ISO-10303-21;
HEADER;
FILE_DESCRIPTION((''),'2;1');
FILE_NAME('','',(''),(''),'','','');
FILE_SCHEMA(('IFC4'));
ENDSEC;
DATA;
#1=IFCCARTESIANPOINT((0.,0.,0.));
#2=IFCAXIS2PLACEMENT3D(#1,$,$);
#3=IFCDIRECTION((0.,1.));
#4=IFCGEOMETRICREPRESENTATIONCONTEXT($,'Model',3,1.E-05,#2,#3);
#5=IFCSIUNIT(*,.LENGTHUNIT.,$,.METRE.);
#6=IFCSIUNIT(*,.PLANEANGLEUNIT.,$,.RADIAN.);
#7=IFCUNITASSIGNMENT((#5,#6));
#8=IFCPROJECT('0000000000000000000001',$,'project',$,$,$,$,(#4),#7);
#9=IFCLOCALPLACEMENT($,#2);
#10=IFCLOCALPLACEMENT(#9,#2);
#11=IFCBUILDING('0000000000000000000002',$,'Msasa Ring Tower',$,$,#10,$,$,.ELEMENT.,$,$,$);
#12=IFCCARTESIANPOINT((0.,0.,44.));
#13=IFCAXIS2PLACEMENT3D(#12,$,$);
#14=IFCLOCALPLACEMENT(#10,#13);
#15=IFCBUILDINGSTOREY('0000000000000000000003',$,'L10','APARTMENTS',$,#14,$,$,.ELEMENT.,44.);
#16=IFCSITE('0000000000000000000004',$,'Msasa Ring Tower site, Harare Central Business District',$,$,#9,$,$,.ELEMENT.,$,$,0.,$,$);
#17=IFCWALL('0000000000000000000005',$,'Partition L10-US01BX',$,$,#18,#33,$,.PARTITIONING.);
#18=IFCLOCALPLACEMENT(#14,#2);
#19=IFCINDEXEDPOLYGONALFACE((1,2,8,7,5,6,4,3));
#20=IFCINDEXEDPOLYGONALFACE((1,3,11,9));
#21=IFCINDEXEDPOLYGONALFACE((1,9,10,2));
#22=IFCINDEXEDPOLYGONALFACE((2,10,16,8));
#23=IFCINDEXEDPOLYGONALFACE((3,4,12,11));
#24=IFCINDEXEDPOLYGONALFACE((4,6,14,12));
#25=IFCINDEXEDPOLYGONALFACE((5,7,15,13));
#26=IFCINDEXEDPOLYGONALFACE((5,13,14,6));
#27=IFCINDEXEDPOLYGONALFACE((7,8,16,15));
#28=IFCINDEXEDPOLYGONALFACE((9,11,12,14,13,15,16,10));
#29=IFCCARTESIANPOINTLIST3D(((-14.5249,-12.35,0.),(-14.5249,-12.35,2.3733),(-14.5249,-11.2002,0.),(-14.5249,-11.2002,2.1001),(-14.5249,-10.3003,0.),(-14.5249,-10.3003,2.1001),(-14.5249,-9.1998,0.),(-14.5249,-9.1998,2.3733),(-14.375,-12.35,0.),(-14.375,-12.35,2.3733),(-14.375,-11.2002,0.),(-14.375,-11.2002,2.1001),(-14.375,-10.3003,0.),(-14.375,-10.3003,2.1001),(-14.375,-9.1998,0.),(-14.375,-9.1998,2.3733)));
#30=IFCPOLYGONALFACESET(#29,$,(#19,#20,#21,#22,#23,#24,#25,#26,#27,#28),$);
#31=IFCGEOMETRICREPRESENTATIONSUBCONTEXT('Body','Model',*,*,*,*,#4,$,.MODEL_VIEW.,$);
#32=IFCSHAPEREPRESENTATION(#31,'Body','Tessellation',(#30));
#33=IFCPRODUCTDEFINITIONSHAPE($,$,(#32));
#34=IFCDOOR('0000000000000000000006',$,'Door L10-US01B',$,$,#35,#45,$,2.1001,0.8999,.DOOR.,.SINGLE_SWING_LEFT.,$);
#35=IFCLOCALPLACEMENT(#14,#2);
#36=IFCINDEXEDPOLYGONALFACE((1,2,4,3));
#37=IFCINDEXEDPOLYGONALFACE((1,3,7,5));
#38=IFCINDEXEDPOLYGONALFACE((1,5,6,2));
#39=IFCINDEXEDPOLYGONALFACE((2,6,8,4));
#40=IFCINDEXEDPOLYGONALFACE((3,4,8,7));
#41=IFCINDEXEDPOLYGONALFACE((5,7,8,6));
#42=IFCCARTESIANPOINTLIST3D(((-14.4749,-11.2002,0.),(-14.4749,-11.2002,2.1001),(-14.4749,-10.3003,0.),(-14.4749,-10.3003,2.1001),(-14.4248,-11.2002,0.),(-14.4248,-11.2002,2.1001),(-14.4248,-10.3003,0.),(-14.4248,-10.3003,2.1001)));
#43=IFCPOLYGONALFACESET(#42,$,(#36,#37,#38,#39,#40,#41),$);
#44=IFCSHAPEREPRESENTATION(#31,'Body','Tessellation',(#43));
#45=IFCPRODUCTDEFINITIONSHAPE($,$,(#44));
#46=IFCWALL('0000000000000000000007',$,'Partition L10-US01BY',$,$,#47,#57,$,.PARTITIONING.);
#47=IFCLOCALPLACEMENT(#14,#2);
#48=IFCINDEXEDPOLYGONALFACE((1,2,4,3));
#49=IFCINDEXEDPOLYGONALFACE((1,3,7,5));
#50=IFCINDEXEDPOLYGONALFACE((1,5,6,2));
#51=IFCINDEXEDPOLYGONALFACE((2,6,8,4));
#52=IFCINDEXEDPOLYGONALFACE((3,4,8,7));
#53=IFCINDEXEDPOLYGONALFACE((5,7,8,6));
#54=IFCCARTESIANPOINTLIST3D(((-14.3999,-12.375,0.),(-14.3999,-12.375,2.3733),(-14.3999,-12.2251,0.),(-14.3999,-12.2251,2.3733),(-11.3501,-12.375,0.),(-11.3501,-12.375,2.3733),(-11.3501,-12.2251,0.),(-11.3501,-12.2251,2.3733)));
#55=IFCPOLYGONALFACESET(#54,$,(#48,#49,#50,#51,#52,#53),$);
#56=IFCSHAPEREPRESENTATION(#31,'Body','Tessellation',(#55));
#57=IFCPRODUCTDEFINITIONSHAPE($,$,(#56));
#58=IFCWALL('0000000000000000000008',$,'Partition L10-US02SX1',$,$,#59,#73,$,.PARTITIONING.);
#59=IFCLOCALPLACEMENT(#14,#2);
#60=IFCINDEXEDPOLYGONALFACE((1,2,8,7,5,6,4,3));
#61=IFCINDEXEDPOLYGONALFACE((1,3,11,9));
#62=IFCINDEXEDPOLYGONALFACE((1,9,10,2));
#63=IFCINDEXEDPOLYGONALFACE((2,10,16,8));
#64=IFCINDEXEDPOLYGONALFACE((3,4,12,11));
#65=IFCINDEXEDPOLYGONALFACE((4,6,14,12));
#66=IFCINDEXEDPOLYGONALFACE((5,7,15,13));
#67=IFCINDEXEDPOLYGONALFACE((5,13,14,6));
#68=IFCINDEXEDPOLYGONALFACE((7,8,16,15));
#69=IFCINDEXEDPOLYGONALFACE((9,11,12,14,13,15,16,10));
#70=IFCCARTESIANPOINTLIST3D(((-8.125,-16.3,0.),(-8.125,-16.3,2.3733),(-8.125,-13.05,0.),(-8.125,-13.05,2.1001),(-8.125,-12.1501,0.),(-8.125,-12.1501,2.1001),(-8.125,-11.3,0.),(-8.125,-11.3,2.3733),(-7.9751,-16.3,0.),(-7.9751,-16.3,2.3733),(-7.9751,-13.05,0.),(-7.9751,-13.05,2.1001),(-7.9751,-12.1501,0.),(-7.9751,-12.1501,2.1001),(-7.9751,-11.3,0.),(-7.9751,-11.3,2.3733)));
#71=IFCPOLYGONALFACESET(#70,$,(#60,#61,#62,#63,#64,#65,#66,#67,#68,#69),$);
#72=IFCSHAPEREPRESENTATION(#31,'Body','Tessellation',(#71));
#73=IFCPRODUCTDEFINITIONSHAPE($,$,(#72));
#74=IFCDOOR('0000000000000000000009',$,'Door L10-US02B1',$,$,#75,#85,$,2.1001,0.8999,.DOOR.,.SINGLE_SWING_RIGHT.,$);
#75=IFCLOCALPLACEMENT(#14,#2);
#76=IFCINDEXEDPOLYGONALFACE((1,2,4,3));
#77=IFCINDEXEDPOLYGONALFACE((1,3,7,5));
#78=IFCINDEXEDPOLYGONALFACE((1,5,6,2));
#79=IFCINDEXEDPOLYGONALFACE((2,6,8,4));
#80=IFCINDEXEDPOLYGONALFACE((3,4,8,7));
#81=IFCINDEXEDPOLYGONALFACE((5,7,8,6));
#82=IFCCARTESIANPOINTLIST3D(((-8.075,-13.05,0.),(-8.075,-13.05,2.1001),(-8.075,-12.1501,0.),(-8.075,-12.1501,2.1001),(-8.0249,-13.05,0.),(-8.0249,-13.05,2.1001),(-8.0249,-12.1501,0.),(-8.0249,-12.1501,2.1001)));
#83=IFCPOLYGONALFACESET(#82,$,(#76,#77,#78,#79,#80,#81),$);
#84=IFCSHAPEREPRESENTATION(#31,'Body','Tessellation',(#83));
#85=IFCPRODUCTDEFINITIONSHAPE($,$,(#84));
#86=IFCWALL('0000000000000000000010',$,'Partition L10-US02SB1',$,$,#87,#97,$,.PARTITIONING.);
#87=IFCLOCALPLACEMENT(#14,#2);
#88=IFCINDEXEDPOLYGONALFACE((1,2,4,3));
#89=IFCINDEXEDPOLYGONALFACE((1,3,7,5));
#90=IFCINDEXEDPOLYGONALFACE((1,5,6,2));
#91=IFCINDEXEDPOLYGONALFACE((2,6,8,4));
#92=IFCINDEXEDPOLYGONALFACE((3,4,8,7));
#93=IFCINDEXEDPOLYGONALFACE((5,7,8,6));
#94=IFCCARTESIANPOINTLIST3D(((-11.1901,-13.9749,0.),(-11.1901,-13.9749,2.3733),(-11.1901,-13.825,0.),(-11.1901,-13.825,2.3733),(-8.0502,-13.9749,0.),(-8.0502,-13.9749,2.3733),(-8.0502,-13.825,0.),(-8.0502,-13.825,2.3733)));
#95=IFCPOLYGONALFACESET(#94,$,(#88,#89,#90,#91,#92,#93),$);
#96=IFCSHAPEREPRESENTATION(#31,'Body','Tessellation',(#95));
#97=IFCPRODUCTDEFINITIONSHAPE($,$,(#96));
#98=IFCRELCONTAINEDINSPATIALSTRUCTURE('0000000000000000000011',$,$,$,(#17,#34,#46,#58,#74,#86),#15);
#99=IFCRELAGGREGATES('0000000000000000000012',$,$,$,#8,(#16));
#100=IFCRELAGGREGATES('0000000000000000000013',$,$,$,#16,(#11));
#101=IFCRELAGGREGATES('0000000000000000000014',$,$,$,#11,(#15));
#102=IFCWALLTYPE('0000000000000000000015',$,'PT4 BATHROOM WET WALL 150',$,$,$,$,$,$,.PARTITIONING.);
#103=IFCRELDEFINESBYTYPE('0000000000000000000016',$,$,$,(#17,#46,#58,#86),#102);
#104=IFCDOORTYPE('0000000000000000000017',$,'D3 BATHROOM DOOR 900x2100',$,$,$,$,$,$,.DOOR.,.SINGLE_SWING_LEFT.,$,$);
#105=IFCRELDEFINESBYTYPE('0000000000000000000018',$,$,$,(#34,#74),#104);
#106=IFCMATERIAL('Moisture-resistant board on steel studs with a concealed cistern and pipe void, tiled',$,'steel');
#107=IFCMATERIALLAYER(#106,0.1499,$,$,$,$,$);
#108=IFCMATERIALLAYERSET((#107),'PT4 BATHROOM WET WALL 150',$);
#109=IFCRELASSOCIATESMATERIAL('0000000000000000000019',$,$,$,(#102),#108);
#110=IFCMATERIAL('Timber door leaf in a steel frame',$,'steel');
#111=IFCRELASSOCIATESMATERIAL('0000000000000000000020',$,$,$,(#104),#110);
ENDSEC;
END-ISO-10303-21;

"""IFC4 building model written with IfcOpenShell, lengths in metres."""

from ifc_helpers import new_model, si_unit, direction, frame, frame_2d, origin, place, context, subcontext, project, spatial, rectangle, extrude, material, layer, layer_set, type_object, element, fill, save


model = new_model("IFC4")

# Units and contexts
model_context = context("Model", 3, precision=1e-05, world=origin(), true_north=direction((0.0, 1.0)))
body_context = subcontext(model_context, "Body", "Model", "MODEL_VIEW")
ifc_project = project(units=[si_unit("LENGTHUNIT", "METRE"), si_unit("PLANEANGLEUNIT", "RADIAN")], contexts=[model_context])

# Site, building, storey
site_placement = place(None, origin())
site = spatial("IfcSite", under=ifc_project, at=site_placement, Name="Msasa Ring Tower site, Harare Central Business District", CompositionType="ELEMENT", RefElevation=0.0)
building_placement = place(site_placement, origin())
building = spatial("IfcBuilding", under=site, at=building_placement, Name="Msasa Ring Tower", CompositionType="ELEMENT")
storey_placement = place(building_placement, frame((0.0, 0.0, 44.0)))
storey = spatial("IfcBuildingStorey", under=building, at=storey_placement, Name="L10", Description="APARTMENTS", CompositionType="ELEMENT", Elevation=44.0)

# Wall, opening, door
ifc_material_1 = material(Name="Moisture-resistant board on steel studs with a concealed cistern and pipe void, tiled", Category="steel")
ifc_layer_1 = layer(ifc_material_1, 0.1499)
ifc_layer_set_1 = layer_set([ifc_layer_1], Name="PT4 BATHROOM WET WALL 150")
wall_type_1 = type_object("IfcWallType", Name="PT4 BATHROOM WET WALL 150", PredefinedType="PARTITIONING", material=ifc_layer_set_1)
wall_1_placement = place(storey_placement, frame((-14.45, -12.3501, 0.0), z_axis=(0.0, 0.0, 1.0), x_axis=(0.0, 1.0, 0.0)))
wall_1 = element("IfcWall", 1, at=wall_1_placement, inside=storey, type_object=wall_type_1, Name="Partition L10-US01BX", PredefinedType="PARTITIONING", context=body_context, shape_type="SweptSolid", body=[
    extrude(rectangle(XDim=3.1501, YDim=0.1499, at=frame_2d((1.5752, 0.0))), origin(), (0.0, 0.0, 1.0), 2.3733),
])
opening_1_placement = place(wall_1_placement, frame((1.1499, 0.0, 0.0)))
opening_1 = element("IfcOpeningElement", 2, at=opening_1_placement, cuts=wall_1, PredefinedType="OPENING", context=body_context, shape_type="SweptSolid", body=[
    extrude(rectangle(XDim=0.8999, YDim=2.1001, at=frame_2d((0.45, 1.05))), frame((0.0, 0.085, 0.0), z_axis=(0.0, -1.0, 0.0), x_axis=(1.0, 0.0, 0.0)), (0.0, 0.0, 1.0), 0.1699),
])
ifc_material_2 = material(Name="Timber door leaf in a steel frame", Category="steel")
door_type_1 = type_object("IfcDoorType", Name="D3 BATHROOM DOOR 900x2100", OperationType="SINGLE_SWING_LEFT", PredefinedType="DOOR", material=ifc_material_2)
door_1_placement = place(opening_1_placement, origin())
door_1 = element("IfcDoor", 3, at=door_1_placement, inside=storey, type_object=door_type_1, Name="Door L10-US01B", OperationType="SINGLE_SWING_LEFT", OverallHeight=2.1001, OverallWidth=0.8999, PredefinedType="DOOR", context=body_context, shape_type="SweptSolid", body=[
    extrude(rectangle(XDim=0.8999, YDim=2.1001, at=frame_2d((0.45, 1.05))), frame((0.0, 0.0249, 0.0), z_axis=(0.0, -1.0, 0.0), x_axis=(1.0, 0.0, 0.0)), (0.0, 0.0, 1.0), 0.05),
])
fill(opening_1, door_1)

# Wall
wall_2_placement = place(storey_placement, frame((-14.3999, -12.3, 0.0), z_axis=(0.0, 0.0, 1.0), x_axis=(1.0, 0.0, 0.0)))
element("IfcWall", 4, at=wall_2_placement, inside=storey, type_object=wall_type_1, Name="Partition L10-US01BY", PredefinedType="PARTITIONING", context=body_context, shape_type="SweptSolid", body=[
    extrude(rectangle(XDim=3.0498, YDim=0.1499, at=frame_2d((1.5249, 0.0))), origin(), (0.0, 0.0, 1.0), 2.3733),
])

# Wall, opening, door
wall_3_placement = place(storey_placement, frame((-8.05, -16.3, 0.0), z_axis=(0.0, 0.0, 1.0), x_axis=(0.0, 1.0, 0.0)))
wall_3 = element("IfcWall", 5, at=wall_3_placement, inside=storey, type_object=wall_type_1, Name="Partition L10-US02SX1", PredefinedType="PARTITIONING", context=body_context, shape_type="SweptSolid", body=[
    extrude(rectangle(XDim=5.0, YDim=0.1499, at=frame_2d((2.5, 0.0))), origin(), (0.0, 0.0, 1.0), 2.3733),
])
opening_2_placement = place(wall_3_placement, frame((3.25, 0.0, 0.0)))
opening_2 = element("IfcOpeningElement", 6, at=opening_2_placement, cuts=wall_3, PredefinedType="OPENING", context=body_context, shape_type="SweptSolid", body=[
    extrude(rectangle(XDim=0.8999, YDim=2.1001, at=frame_2d((0.45, 1.05))), frame((0.0, 0.085, 0.0), z_axis=(0.0, -1.0, 0.0), x_axis=(1.0, 0.0, 0.0)), (0.0, 0.0, 1.0), 0.1699),
])
door_2_placement = place(opening_2_placement, origin())
door_2 = element("IfcDoor", 7, at=door_2_placement, inside=storey, type_object=door_type_1, Name="Door L10-US02B1", OperationType="SINGLE_SWING_RIGHT", OverallHeight=2.1001, OverallWidth=0.8999, PredefinedType="DOOR", context=body_context, shape_type="SweptSolid", body=[
    extrude(rectangle(XDim=0.8999, YDim=2.1001, at=frame_2d((0.45, 1.05))), frame((0.0, 0.0249, 0.0), z_axis=(0.0, -1.0, 0.0), x_axis=(1.0, 0.0, 0.0)), (0.0, 0.0, 1.0), 0.05),
])
fill(opening_2, door_2)

# Wall
wall_4_placement = place(storey_placement, frame((-11.1899, -13.8999, 0.0), z_axis=(0.0, 0.0, 1.0), x_axis=(1.0, 0.0, 0.0)))
element("IfcWall", 8, at=wall_4_placement, inside=storey, type_object=wall_type_1, Name="Partition L10-US02SB1", PredefinedType="PARTITIONING", context=body_context, shape_type="SweptSolid", body=[
    extrude(rectangle(XDim=3.1399, YDim=0.1499, at=frame_2d((1.5698, 0.0))), origin(), (0.0, 0.0, 1.0), 2.3733),
])

save(model, "model.ifc")
